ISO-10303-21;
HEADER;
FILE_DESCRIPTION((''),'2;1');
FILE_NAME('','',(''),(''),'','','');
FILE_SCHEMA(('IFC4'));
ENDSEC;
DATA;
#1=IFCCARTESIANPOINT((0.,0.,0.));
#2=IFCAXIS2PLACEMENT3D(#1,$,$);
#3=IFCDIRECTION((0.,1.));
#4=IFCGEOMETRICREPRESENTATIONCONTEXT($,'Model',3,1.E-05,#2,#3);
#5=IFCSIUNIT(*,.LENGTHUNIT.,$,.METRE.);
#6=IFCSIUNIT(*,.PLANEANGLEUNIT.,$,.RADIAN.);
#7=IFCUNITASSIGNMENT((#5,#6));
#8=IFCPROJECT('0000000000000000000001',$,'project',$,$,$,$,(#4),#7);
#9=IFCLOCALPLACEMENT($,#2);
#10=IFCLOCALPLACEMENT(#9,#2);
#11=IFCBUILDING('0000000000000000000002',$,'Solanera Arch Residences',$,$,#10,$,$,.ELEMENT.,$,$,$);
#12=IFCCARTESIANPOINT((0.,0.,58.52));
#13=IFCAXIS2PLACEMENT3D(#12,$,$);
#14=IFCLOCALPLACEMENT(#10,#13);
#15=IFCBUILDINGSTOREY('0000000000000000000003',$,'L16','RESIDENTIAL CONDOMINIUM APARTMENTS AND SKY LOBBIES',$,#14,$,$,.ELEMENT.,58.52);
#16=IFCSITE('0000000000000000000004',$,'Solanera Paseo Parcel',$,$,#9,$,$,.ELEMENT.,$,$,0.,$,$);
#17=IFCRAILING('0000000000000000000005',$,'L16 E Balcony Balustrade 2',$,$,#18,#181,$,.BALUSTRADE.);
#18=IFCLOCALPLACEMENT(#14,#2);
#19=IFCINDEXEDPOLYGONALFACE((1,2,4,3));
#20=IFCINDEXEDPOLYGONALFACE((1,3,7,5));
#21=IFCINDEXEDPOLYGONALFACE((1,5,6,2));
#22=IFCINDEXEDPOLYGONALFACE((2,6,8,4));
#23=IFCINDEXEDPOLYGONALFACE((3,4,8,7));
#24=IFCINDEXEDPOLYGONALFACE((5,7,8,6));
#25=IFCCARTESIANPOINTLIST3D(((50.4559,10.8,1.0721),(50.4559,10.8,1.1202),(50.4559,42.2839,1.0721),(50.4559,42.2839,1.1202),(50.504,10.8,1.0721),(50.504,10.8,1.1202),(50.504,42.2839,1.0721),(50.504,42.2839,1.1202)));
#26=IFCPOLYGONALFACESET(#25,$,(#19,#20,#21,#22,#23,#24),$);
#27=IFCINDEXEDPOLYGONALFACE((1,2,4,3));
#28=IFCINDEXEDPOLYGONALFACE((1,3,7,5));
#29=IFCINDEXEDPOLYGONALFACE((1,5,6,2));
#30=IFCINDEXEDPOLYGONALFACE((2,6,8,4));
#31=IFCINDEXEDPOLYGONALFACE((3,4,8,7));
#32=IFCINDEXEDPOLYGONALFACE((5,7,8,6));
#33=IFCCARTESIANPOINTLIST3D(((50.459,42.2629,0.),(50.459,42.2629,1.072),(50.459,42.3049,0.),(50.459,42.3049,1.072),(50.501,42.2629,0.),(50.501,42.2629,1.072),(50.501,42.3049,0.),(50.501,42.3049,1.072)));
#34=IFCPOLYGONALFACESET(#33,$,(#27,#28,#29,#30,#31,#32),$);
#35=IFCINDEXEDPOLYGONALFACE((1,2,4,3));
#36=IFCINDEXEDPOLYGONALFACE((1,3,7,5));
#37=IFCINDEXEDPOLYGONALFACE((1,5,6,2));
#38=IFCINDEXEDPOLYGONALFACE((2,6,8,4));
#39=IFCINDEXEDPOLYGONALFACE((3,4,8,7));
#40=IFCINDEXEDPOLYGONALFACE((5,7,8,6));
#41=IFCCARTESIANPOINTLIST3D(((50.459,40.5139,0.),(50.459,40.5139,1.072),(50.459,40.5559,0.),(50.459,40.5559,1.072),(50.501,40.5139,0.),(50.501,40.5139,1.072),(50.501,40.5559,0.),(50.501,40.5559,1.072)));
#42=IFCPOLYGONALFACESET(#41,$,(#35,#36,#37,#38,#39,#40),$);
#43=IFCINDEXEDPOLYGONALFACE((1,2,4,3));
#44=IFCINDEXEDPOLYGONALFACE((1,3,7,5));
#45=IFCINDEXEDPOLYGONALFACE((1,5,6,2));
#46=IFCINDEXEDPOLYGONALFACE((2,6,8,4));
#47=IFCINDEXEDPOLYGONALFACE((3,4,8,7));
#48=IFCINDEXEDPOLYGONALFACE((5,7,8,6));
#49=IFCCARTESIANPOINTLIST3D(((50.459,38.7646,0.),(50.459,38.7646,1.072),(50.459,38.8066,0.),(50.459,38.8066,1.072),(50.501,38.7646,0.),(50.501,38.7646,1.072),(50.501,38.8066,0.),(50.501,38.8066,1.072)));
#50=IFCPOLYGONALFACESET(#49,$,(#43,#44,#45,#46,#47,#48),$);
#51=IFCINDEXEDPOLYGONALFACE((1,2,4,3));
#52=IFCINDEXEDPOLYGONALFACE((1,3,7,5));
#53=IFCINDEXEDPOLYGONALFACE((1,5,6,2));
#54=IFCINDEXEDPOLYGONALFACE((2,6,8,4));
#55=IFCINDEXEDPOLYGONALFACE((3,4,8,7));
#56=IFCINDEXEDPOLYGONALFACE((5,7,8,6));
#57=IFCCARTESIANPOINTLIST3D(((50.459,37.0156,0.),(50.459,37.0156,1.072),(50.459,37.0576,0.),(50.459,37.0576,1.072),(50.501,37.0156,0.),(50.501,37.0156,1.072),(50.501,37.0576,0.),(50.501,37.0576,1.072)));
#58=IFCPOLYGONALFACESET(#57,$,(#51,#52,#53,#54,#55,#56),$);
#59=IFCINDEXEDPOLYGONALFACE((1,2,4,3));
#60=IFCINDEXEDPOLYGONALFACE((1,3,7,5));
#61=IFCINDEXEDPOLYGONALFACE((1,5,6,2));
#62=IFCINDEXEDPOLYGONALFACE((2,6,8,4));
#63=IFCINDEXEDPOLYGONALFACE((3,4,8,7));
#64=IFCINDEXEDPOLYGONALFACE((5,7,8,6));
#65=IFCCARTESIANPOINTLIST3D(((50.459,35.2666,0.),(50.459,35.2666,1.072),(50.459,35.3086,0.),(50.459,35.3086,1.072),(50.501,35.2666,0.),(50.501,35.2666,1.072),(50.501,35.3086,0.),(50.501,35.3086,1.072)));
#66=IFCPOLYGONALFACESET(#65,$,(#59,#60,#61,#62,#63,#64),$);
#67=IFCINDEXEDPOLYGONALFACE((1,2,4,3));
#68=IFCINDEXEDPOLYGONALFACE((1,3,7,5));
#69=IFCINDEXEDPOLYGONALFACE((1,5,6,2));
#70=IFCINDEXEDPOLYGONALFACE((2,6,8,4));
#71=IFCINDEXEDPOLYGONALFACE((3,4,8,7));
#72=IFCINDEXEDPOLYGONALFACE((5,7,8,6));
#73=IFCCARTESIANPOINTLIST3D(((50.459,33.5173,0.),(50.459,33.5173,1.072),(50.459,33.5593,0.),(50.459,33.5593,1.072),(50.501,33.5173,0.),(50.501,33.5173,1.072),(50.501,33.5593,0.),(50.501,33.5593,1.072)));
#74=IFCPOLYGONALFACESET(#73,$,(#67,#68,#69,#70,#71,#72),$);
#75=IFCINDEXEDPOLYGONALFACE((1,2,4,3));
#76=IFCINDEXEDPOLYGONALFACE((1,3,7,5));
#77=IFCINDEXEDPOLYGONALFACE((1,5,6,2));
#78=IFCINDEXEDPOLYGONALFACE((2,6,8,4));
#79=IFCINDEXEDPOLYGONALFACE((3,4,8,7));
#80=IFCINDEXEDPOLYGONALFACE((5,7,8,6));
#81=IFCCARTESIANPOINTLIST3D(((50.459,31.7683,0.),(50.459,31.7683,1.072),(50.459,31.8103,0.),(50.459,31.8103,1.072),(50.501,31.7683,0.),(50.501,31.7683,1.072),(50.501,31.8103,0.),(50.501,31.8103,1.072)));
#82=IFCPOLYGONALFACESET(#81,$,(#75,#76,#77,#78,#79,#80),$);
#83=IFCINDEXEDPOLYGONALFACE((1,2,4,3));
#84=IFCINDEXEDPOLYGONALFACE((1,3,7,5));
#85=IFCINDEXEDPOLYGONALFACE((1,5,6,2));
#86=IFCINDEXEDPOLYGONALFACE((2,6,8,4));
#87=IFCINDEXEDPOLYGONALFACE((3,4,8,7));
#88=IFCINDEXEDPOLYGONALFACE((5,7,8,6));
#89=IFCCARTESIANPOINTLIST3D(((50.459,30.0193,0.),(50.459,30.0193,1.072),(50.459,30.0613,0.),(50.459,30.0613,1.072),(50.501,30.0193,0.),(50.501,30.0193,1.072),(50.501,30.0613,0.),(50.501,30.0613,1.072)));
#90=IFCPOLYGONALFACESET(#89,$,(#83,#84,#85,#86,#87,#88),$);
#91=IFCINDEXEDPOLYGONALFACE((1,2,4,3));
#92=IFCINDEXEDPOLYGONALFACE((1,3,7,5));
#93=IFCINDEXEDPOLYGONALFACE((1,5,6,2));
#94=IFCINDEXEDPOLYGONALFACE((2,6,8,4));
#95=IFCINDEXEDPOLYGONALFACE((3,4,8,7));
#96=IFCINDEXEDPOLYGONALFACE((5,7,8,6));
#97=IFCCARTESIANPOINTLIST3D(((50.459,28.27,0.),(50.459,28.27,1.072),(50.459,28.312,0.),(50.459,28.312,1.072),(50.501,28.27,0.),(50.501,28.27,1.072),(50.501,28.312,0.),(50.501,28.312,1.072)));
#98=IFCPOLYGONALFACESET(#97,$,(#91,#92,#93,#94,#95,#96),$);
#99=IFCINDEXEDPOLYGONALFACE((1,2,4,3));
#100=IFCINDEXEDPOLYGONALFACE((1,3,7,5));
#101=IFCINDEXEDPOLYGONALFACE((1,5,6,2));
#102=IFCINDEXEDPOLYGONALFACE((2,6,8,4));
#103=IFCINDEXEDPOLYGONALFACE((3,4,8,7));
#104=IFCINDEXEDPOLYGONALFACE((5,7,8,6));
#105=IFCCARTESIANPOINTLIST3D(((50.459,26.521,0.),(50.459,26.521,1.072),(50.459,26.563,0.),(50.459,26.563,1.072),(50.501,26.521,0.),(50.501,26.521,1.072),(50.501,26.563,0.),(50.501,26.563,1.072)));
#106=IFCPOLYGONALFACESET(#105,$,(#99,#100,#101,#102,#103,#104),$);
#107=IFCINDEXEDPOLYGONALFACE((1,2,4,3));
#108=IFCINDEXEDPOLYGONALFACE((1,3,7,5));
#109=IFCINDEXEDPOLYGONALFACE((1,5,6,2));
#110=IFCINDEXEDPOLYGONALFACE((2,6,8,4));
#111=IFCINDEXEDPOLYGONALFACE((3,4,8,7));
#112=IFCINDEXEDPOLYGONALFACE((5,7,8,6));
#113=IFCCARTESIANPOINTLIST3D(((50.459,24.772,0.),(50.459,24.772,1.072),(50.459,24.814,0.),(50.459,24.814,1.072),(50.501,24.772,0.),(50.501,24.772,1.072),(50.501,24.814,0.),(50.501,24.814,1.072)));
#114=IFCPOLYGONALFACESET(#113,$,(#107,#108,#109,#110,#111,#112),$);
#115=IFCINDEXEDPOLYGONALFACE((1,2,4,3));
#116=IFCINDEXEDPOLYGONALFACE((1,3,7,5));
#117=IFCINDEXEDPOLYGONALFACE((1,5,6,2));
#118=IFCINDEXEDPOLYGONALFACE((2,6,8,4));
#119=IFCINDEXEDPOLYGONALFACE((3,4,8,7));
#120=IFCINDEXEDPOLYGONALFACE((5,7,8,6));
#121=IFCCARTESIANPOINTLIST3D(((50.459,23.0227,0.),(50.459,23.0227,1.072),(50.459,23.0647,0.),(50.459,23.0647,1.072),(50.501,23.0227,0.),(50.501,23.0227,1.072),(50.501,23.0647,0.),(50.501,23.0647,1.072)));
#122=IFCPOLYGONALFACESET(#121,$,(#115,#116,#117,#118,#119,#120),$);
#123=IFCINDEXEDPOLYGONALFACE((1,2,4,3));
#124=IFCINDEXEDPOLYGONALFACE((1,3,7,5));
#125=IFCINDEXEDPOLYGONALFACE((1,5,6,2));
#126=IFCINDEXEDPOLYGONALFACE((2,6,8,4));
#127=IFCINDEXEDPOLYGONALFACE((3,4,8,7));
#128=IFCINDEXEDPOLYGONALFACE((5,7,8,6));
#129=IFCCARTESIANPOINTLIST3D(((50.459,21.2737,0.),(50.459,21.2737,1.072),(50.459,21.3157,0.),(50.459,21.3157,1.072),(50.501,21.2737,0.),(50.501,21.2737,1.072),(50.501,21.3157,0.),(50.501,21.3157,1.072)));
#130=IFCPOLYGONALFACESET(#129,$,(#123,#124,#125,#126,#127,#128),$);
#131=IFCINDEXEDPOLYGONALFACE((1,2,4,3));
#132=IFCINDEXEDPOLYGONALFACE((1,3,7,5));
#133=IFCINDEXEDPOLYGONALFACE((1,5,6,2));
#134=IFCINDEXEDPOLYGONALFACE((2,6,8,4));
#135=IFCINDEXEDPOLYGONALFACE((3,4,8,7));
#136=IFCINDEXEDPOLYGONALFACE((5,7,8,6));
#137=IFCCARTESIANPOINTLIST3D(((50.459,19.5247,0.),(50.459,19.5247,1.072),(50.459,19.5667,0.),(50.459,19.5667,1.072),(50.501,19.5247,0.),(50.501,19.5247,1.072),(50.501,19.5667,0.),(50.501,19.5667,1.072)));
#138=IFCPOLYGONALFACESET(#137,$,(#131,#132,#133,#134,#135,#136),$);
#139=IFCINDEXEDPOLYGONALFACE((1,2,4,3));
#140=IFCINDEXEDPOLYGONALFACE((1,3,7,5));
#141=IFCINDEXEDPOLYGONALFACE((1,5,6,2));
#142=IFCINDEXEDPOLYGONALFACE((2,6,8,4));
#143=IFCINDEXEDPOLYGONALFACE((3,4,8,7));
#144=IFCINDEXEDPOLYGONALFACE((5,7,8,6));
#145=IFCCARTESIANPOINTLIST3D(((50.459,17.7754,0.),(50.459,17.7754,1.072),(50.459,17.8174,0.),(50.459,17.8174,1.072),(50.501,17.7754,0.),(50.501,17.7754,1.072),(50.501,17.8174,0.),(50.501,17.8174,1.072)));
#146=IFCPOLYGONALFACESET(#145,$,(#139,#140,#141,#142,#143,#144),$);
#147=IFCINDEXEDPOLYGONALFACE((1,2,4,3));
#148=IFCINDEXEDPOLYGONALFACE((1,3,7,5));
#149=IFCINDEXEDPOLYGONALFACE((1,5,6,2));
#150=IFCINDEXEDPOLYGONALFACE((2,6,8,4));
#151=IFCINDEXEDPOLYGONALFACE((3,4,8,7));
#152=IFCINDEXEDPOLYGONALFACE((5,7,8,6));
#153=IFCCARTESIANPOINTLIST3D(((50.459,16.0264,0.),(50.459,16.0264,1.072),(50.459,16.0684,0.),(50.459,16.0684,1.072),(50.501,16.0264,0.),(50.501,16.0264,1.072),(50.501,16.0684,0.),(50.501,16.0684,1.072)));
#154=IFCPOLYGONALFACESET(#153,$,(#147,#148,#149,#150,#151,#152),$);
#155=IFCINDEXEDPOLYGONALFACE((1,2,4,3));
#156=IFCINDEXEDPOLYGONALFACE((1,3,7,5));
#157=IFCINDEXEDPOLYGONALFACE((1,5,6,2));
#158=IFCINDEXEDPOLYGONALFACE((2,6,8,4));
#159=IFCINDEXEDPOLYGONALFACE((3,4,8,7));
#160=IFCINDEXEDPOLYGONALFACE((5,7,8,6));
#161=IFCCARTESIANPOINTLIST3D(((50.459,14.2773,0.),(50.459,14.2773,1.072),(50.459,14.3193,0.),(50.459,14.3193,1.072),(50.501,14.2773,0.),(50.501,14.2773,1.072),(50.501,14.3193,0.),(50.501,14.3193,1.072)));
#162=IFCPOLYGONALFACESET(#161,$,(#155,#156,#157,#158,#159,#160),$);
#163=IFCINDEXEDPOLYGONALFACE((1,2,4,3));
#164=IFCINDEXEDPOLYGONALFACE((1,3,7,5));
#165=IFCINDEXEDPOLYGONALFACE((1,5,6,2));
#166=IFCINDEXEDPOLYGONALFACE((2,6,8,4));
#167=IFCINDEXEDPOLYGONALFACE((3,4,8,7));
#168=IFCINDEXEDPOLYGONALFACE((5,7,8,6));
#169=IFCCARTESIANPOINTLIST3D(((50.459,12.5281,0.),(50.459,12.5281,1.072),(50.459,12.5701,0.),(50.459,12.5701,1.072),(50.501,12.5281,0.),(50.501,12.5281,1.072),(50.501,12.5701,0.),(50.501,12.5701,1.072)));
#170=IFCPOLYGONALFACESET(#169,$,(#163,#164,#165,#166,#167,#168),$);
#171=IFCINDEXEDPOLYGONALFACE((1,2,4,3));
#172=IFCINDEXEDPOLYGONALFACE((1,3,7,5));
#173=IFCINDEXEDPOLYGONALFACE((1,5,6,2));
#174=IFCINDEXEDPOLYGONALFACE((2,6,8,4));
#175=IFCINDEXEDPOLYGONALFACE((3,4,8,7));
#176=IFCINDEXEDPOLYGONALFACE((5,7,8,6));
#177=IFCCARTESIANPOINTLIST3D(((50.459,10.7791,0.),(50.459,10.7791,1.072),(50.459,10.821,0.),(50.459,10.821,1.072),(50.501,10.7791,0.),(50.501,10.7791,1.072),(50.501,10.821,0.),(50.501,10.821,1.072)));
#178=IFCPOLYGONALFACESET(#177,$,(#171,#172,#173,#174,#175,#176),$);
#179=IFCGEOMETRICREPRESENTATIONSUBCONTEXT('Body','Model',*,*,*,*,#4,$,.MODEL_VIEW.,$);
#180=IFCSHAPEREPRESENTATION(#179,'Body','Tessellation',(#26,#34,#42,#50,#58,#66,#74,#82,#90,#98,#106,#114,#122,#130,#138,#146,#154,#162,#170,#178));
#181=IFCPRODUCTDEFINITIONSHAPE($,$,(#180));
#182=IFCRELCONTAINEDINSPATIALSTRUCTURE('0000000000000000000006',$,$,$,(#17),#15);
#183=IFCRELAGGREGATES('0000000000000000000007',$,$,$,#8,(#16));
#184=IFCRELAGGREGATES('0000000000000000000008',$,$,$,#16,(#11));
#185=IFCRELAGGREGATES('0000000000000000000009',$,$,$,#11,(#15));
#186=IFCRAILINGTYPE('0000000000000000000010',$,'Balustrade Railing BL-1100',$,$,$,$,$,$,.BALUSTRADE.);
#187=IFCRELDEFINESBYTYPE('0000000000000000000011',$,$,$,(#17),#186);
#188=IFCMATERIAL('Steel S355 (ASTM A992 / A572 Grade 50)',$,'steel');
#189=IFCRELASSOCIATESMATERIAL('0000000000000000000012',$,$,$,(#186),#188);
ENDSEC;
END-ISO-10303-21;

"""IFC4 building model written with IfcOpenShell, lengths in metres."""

from ifc_helpers import new_model, si_unit, direction, frame, origin, origin_2d, place, context, subcontext, project, spatial, rectangle, extrude, material, type_object, element, save


model = new_model("IFC4")

# Units and contexts
model_context = context("Model", 3, precision=1e-05, world=origin(), true_north=direction((0.0, 1.0)))
body_context = subcontext(model_context, "Body", "Model", "MODEL_VIEW")
ifc_project = project(units=[si_unit("LENGTHUNIT", "METRE"), si_unit("PLANEANGLEUNIT", "RADIAN")], contexts=[model_context])

# Site, building, storey
site_placement = place(None, origin())
site = spatial("IfcSite", under=ifc_project, at=site_placement, Name="Solanera Paseo Parcel", CompositionType="ELEMENT", RefElevation=0.0)
building_placement = place(site_placement, origin())
building = spatial("IfcBuilding", under=site, at=building_placement, Name="Solanera Arch Residences", CompositionType="ELEMENT")
storey_placement = place(building_placement, frame((0.0, 0.0, 58.52)))
storey = spatial("IfcBuildingStorey", under=building, at=storey_placement, Name="L16", Description="RESIDENTIAL CONDOMINIUM APARTMENTS AND SKY LOBBIES", CompositionType="ELEMENT", Elevation=58.52)

# Railing
ifc_material_1 = material(Name="Steel S355 (ASTM A992 / A572 Grade 50)", Category="steel")
railing_type = type_object("IfcRailingType", Name="Balustrade Railing BL-1100", PredefinedType="BALUSTRADE", material=ifc_material_1)
railing_1_placement = place(storey_placement, frame((50.48, 42.2839, 0.0)))
element("IfcRailing", 1, at=railing_1_placement, inside=storey, type_object=railing_type, Name="L16 E Balcony Balustrade 2", PredefinedType="BALUSTRADE", context=body_context, shape_type="SweptSolid", body=[
    extrude(rectangle(XDim=0.0481, YDim=0.0481, at=origin_2d()), frame((0.0, 0.0, 1.0962), z_axis=(0.0, -1.0, 0.0), x_axis=(1.0, 0.0, 0.0)), (0.0, 0.0, 1.0), 31.4839),
    extrude(rectangle(XDim=0.042, YDim=0.042, at=origin_2d()), origin(), (0.0, 0.0, 1.0), 1.072),
    extrude(rectangle(XDim=0.042, YDim=0.042, at=origin_2d()), frame((0.0, -1.749, 0.0)), (0.0, 0.0, 1.0), 1.072),
    extrude(rectangle(XDim=0.042, YDim=0.042, at=origin_2d()), frame((0.0, -3.4983, 0.0)), (0.0, 0.0, 1.0), 1.072),
    extrude(rectangle(XDim=0.042, YDim=0.042, at=origin_2d()), frame((0.0, -5.2473, 0.0)), (0.0, 0.0, 1.0), 1.072),
    extrude(rectangle(XDim=0.042, YDim=0.042, at=origin_2d()), frame((0.0, -6.9963, 0.0)), (0.0, 0.0, 1.0), 1.072),
    extrude(rectangle(XDim=0.042, YDim=0.042, at=origin_2d()), frame((0.0, -8.7456, 0.0)), (0.0, 0.0, 1.0), 1.072),
    extrude(rectangle(XDim=0.042, YDim=0.042, at=origin_2d()), frame((0.0, -10.4946, 0.0)), (0.0, 0.0, 1.0), 1.072),
    extrude(rectangle(XDim=0.042, YDim=0.042, at=origin_2d()), frame((0.0, -12.2437, 0.0)), (0.0, 0.0, 1.0), 1.072),
    extrude(rectangle(XDim=0.042, YDim=0.042, at=origin_2d()), frame((0.0, -13.9929, 0.0)), (0.0, 0.0, 1.0), 1.072),
    extrude(rectangle(XDim=0.042, YDim=0.042, at=origin_2d()), frame((0.0, -15.7419, 0.0)), (0.0, 0.0, 1.0), 1.072),
    extrude(rectangle(XDim=0.042, YDim=0.042, at=origin_2d()), frame((0.0, -17.491, 0.0)), (0.0, 0.0, 1.0), 1.072),
    extrude(rectangle(XDim=0.042, YDim=0.042, at=origin_2d()), frame((0.0, -19.2402, 0.0)), (0.0, 0.0, 1.0), 1.072),
    extrude(rectangle(XDim=0.042, YDim=0.042, at=origin_2d()), frame((0.0, -20.9893, 0.0)), (0.0, 0.0, 1.0), 1.072),
    extrude(rectangle(XDim=0.042, YDim=0.042, at=origin_2d()), frame((0.0, -22.7383, 0.0)), (0.0, 0.0, 1.0), 1.072),
    extrude(rectangle(XDim=0.042, YDim=0.042, at=origin_2d()), frame((0.0, -24.4875, 0.0)), (0.0, 0.0, 1.0), 1.072),
    extrude(rectangle(XDim=0.042, YDim=0.042, at=origin_2d()), frame((0.0, -26.2366, 0.0)), (0.0, 0.0, 1.0), 1.072),
    extrude(rectangle(XDim=0.042, YDim=0.042, at=origin_2d()), frame((0.0, -27.9856, 0.0)), (0.0, 0.0, 1.0), 1.072),
    extrude(rectangle(XDim=0.042, YDim=0.042, at=origin_2d()), frame((0.0, -29.7349, 0.0)), (0.0, 0.0, 1.0), 1.072),
    extrude(rectangle(XDim=0.042, YDim=0.042, at=origin_2d()), frame((0.0, -31.4839, 0.0)), (0.0, 0.0, 1.0), 1.072),
])

save(model, "model.ifc")
